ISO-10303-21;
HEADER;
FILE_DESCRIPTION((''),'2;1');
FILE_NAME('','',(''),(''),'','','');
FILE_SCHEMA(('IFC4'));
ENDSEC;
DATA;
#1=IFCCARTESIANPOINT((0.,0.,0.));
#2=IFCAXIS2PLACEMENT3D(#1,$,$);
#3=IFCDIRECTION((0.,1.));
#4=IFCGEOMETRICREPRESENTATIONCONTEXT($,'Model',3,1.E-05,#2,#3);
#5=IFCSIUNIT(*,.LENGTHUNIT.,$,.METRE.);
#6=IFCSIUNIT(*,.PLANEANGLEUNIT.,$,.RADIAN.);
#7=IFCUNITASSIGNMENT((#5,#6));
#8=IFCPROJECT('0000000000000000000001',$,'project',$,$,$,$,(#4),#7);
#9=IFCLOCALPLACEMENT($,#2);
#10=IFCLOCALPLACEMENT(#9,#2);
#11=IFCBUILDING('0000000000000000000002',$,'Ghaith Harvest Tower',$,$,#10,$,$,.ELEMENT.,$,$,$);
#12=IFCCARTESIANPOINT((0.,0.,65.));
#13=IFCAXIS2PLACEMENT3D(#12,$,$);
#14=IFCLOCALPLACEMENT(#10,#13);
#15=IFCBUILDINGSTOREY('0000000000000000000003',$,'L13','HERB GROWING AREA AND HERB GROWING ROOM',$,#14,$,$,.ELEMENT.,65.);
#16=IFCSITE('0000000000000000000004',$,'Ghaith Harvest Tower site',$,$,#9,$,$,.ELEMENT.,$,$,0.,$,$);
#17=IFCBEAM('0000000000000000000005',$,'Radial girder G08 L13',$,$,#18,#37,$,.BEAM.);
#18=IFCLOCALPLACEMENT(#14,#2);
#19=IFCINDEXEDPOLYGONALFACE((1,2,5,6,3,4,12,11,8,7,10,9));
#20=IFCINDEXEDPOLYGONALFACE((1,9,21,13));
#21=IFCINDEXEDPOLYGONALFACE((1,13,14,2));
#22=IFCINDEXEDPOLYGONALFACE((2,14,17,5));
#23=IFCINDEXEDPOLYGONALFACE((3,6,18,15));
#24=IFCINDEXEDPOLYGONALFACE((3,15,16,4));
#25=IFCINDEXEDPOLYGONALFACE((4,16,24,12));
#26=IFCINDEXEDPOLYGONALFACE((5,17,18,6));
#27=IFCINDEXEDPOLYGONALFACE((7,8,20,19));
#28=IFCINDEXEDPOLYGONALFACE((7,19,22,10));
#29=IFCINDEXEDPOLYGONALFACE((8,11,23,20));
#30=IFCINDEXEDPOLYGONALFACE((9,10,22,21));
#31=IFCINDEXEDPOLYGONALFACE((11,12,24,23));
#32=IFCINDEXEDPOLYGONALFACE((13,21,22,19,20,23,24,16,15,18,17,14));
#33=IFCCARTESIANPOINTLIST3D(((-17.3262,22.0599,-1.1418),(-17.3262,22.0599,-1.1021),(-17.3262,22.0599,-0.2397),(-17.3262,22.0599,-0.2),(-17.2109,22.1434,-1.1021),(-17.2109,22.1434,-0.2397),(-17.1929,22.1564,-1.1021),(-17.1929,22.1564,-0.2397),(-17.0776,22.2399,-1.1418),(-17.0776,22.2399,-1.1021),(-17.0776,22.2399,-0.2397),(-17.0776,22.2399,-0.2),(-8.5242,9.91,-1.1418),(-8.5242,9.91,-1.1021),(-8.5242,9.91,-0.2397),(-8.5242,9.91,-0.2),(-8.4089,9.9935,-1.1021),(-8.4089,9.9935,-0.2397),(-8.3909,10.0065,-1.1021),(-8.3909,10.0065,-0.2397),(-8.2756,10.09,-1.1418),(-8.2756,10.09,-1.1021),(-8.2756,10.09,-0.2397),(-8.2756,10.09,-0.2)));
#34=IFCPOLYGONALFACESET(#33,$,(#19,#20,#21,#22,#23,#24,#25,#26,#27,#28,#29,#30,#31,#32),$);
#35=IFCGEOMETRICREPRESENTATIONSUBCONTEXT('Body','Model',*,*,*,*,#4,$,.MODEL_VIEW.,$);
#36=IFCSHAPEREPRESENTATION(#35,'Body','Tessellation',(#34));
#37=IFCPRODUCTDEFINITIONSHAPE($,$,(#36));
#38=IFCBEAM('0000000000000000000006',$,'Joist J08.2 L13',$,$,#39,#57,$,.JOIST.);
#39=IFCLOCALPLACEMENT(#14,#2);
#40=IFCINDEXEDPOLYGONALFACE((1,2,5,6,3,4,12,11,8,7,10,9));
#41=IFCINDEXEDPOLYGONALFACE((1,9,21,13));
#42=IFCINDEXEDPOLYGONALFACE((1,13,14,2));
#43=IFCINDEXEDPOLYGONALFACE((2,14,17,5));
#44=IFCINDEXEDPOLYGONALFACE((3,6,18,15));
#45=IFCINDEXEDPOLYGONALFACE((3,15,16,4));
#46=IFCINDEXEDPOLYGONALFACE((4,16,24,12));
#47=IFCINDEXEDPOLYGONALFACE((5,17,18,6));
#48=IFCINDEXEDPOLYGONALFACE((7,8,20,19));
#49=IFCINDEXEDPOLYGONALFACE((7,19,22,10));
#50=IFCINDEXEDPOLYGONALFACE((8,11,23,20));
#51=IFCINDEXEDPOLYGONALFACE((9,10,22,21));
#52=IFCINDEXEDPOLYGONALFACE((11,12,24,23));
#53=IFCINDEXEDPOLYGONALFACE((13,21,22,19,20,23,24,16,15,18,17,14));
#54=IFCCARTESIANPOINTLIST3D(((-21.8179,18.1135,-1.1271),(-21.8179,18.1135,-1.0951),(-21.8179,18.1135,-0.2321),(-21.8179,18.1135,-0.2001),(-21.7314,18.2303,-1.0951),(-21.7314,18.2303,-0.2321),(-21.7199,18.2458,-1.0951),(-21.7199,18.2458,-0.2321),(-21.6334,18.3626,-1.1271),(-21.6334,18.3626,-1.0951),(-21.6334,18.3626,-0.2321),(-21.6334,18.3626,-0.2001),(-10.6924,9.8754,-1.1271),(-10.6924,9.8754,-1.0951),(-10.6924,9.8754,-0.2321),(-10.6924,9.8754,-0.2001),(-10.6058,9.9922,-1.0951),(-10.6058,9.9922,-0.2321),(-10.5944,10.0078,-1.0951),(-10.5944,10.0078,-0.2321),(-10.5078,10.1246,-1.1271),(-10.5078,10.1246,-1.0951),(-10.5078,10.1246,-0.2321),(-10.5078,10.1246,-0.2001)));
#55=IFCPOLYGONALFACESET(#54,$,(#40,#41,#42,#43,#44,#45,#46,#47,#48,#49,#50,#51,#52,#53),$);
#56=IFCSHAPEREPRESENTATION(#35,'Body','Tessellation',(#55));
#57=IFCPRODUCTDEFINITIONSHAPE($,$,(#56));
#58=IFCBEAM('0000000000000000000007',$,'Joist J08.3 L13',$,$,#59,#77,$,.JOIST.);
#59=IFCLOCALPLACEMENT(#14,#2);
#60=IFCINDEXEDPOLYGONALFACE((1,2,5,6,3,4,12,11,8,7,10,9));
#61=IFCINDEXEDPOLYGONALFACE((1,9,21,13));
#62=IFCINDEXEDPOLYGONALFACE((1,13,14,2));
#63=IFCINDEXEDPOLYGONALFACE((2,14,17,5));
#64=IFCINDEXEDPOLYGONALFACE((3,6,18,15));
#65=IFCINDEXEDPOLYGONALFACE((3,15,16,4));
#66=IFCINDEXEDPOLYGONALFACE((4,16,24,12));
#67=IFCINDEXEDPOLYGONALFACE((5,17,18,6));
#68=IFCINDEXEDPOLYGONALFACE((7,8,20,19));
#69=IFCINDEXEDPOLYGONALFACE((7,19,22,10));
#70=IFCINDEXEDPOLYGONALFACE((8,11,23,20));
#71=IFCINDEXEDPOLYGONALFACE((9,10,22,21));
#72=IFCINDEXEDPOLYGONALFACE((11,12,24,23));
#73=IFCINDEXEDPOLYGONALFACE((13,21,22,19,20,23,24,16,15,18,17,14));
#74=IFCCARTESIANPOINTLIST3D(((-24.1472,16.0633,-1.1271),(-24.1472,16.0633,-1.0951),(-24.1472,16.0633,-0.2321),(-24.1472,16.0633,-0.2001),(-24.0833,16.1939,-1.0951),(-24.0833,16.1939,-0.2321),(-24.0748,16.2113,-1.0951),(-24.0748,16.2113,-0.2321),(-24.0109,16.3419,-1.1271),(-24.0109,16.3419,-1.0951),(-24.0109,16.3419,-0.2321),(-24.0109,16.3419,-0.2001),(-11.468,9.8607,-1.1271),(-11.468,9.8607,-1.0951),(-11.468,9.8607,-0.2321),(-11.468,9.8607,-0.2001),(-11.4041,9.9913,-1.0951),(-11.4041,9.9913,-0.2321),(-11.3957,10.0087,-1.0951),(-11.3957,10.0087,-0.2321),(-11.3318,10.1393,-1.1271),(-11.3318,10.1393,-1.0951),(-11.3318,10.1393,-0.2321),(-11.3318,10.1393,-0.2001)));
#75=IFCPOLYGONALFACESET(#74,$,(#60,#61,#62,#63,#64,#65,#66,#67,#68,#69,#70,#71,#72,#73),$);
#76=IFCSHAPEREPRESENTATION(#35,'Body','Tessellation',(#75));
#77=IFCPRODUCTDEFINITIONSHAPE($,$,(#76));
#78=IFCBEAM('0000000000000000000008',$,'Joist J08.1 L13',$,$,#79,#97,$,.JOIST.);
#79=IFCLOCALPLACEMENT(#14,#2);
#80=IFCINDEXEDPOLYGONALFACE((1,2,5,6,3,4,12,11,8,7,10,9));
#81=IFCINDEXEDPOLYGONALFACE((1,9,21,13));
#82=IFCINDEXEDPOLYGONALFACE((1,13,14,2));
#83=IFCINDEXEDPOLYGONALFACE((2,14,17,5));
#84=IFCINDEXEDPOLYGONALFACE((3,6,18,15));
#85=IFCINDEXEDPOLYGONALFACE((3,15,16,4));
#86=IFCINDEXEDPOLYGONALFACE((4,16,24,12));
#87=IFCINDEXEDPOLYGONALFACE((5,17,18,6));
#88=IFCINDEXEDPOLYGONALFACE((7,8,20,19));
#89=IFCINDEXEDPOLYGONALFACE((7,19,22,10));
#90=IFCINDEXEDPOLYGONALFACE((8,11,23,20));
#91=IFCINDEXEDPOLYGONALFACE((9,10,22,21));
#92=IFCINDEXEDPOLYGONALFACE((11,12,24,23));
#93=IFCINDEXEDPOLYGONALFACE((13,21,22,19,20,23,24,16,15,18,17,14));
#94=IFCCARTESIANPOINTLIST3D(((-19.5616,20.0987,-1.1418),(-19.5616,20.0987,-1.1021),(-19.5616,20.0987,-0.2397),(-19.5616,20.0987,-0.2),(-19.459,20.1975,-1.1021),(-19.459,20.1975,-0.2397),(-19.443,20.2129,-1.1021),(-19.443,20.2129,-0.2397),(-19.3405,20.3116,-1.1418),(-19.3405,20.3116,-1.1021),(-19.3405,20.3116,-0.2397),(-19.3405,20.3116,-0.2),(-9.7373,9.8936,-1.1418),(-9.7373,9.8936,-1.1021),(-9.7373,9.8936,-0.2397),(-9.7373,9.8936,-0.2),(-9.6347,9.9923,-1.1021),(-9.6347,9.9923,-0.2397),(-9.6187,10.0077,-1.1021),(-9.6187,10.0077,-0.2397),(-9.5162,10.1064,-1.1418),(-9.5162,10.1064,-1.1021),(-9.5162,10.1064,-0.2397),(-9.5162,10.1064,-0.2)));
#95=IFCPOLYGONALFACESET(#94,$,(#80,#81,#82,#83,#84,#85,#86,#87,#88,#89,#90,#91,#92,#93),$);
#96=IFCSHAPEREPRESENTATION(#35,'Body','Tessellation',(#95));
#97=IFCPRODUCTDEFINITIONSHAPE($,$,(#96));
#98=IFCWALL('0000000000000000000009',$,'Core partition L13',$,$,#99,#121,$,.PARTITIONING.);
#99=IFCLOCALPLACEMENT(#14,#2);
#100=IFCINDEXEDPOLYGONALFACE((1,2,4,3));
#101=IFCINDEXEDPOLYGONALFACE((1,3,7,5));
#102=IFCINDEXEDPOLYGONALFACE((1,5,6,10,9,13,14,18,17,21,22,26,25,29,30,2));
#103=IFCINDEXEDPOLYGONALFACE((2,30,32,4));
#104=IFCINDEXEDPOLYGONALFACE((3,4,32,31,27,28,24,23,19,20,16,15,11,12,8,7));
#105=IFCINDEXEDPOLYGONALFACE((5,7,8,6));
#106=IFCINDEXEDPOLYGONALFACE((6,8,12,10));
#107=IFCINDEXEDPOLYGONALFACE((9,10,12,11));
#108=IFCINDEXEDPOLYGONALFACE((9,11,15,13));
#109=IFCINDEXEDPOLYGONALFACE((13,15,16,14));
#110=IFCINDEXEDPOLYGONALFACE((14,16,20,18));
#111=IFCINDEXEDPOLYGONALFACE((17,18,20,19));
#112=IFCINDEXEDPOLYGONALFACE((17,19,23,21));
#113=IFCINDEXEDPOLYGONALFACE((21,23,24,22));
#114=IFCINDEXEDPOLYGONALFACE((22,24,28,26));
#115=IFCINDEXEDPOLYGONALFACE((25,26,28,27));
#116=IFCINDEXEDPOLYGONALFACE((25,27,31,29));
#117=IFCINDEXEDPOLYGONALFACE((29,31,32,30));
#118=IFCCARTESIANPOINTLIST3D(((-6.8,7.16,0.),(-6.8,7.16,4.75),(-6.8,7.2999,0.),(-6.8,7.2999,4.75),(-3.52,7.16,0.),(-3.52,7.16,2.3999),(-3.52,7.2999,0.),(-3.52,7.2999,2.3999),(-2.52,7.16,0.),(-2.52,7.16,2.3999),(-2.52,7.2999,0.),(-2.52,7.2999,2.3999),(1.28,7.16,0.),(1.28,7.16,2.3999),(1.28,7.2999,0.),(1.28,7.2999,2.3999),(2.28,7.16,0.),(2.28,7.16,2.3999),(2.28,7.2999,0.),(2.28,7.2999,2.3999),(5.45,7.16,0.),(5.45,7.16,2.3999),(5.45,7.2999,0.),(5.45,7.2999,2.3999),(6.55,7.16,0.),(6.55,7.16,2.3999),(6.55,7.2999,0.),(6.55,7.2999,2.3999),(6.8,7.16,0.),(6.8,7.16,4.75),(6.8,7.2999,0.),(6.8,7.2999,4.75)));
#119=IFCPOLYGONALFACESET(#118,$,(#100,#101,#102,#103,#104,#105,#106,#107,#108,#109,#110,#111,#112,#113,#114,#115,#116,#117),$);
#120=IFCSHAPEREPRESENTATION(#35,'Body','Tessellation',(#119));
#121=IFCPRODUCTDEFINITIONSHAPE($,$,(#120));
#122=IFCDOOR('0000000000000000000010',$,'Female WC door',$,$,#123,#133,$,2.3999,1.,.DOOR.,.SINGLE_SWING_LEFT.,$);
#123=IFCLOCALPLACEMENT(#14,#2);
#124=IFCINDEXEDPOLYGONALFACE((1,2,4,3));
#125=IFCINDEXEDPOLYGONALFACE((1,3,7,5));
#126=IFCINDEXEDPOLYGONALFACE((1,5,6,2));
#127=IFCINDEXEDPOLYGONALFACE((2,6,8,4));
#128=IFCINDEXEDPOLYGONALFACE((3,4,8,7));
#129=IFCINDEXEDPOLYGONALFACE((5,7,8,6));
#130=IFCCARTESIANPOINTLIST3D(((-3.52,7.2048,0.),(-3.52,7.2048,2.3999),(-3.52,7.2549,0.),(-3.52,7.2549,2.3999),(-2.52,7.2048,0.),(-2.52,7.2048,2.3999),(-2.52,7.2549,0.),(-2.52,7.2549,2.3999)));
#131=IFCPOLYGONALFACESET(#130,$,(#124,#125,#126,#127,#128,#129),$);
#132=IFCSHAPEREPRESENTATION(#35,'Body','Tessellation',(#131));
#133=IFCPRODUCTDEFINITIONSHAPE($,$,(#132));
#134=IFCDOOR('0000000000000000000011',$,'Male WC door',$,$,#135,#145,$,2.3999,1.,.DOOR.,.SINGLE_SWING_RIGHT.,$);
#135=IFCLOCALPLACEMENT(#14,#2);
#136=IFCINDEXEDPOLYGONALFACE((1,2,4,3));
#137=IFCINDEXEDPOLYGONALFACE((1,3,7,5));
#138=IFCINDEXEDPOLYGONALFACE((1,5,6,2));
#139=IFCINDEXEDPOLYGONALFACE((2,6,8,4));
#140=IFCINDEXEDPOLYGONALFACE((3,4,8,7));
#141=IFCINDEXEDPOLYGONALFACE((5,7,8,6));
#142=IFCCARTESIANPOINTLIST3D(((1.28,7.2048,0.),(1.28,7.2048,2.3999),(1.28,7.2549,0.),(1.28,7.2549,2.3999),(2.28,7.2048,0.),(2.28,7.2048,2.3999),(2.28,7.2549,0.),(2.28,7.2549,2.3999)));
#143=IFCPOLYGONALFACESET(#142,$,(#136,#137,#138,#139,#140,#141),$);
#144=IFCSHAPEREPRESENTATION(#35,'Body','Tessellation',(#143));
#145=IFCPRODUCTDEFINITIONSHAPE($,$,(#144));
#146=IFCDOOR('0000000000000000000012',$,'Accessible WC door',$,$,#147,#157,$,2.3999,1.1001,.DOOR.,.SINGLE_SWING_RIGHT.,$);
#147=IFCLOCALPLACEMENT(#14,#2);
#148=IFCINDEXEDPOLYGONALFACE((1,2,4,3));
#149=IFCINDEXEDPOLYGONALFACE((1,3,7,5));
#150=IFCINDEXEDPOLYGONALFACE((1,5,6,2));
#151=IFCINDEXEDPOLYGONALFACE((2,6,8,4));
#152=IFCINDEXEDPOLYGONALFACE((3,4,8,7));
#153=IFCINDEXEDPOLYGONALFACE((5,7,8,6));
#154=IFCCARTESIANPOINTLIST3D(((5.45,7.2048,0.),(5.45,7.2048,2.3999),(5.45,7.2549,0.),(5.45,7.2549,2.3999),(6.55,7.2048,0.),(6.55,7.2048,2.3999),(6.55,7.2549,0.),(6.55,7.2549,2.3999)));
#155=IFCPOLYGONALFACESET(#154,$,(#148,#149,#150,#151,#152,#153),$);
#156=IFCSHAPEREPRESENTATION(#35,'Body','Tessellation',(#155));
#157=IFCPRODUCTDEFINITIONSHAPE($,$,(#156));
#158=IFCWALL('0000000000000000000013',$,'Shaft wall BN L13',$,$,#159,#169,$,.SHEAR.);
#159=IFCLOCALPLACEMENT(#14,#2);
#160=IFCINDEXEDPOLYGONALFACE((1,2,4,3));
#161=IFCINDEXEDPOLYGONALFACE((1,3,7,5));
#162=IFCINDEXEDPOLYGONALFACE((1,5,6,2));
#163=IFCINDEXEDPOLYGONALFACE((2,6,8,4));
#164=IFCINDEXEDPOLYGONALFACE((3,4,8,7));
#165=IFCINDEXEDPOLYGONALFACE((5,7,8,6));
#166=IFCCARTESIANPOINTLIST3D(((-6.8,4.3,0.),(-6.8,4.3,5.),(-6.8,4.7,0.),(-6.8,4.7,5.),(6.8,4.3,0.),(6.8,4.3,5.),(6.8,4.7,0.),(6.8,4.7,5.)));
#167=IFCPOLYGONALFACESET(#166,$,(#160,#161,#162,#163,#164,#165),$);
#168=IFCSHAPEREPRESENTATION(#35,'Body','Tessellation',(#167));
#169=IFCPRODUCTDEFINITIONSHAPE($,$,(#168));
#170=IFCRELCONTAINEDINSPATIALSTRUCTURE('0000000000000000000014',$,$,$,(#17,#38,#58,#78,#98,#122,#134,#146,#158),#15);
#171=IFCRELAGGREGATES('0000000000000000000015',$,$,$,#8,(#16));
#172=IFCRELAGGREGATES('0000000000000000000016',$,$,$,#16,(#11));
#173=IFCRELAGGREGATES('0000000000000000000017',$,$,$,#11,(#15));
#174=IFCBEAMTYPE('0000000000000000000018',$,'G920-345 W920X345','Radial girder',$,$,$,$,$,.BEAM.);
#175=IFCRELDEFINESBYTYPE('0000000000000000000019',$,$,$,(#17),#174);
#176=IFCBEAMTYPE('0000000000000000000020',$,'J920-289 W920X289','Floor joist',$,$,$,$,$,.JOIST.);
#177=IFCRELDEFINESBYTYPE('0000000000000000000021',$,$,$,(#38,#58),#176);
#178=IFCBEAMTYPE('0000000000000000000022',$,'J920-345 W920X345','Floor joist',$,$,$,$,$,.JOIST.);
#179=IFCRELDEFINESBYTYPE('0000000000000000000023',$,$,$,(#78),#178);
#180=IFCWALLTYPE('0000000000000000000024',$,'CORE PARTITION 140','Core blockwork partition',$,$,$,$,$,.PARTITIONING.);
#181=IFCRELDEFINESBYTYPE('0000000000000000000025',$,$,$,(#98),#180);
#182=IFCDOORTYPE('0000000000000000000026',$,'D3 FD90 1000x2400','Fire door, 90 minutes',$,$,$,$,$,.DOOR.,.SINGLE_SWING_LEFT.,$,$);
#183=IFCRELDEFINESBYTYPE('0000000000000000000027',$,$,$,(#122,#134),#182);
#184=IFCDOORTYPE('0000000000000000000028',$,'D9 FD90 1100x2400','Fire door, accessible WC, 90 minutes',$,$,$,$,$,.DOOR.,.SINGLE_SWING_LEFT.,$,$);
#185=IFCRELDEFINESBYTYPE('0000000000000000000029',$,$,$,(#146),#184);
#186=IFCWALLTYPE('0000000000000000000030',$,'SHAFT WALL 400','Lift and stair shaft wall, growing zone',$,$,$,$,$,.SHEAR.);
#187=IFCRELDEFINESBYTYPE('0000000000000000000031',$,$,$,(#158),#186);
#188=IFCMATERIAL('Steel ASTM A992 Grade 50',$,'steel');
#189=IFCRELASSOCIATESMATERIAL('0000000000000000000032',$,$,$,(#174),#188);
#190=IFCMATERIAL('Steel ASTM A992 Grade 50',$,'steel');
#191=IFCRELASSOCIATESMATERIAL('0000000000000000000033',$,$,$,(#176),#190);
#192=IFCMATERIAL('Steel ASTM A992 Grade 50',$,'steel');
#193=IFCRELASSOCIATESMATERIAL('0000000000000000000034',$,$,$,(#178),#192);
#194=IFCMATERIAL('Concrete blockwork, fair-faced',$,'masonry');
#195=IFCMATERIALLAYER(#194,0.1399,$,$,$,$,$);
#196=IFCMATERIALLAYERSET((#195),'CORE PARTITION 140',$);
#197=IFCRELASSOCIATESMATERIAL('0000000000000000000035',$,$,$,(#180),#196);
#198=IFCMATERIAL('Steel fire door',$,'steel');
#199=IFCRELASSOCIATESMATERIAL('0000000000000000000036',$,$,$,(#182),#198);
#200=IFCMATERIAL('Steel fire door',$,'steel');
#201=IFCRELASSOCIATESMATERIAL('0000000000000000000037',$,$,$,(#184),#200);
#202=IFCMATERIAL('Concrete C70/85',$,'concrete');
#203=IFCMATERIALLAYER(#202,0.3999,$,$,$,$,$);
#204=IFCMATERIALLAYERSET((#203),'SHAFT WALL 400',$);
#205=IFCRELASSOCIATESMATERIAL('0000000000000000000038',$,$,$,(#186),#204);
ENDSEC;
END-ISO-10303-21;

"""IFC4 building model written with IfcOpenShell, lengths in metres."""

from ifc_helpers import new_model, si_unit, direction, frame, frame_2d, origin, origin_2d, place, context, subcontext, project, spatial, rectangle, i_section, extrude, material, layer, layer_set, material_profile, profile_set, type_object, element, fill, save


model = new_model("IFC4")

# Units and contexts
model_context = context("Model", 3, precision=1e-05, world=origin(), true_north=direction((0.0, 1.0)))
body_context = subcontext(model_context, "Body", "Model", "MODEL_VIEW")
ifc_project = project(units=[si_unit("LENGTHUNIT", "METRE"), si_unit("PLANEANGLEUNIT", "RADIAN")], contexts=[model_context])

# Site, building, storey
site_placement = place(None, origin())
site = spatial("IfcSite", under=ifc_project, at=site_placement, Name="Ghaith Harvest Tower site", CompositionType="ELEMENT", RefElevation=0.0)
building_placement = place(site_placement, origin())
building = spatial("IfcBuilding", under=site, at=building_placement, Name="Ghaith Harvest Tower", CompositionType="ELEMENT")
storey_placement = place(building_placement, frame((0.0, 0.0, 65.0)))
storey = spatial("IfcBuildingStorey", under=building, at=storey_placement, Name="L13", Description="HERB GROWING AREA AND HERB GROWING ROOM", CompositionType="ELEMENT", Elevation=65.0)

# Beams
ifc_material_1 = material(Name="Steel ASTM A992 Grade 50", Category="steel")
ifc_material_profile_1 = material_profile(ifc_material_1, i_section(OverallWidth=0.3069, OverallDepth=0.9419, WebThickness=0.0222, FlangeThickness=0.0398, at=origin_2d()), Name="W920X345")
ifc_profile_set_1 = profile_set([ifc_material_profile_1], Name="Steel ASTM A992 Grade 50")
beam_type_1 = type_object("IfcBeamType", Name="G920-345 W920X345", Description="Radial girder", PredefinedType="BEAM", material=ifc_profile_set_1)
beam_1_placement = place(storey_placement, frame((-8.3999, 10.0, -0.6709), z_axis=(-0.586676, 0.809822, 0.0), x_axis=(-0.809822, -0.586676, 0.0)))
element("IfcBeam", 1, at=beam_1_placement, inside=storey, type_object=beam_type_1, Name="Radial girder G08 L13", PredefinedType="BEAM", context=body_context, shape_type="SweptSolid", body=[
    extrude(i_section(OverallWidth=0.3069, OverallDepth=0.9419, WebThickness=0.0222, FlangeThickness=0.0398, at=origin_2d()), origin(), (0.0, 0.0, 1.0), 15.0032),
])
ifc_material_2 = material(Name="Steel ASTM A992 Grade 50", Category="steel")
ifc_material_profile_2 = material_profile(ifc_material_2, i_section(OverallWidth=0.3101, OverallDepth=0.927, WebThickness=0.0193, FlangeThickness=0.032, at=origin_2d()), Name="W920X289")
ifc_profile_set_2 = profile_set([ifc_material_profile_2], Name="Steel ASTM A992 Grade 50")
beam_type_2 = type_object("IfcBeamType", Name="J920-289 W920X289", Description="Floor joist", PredefinedType="JOIST", material=ifc_profile_set_2)
beam_2_placement = place(storey_placement, frame((-10.6001, 10.0, -0.6636), z_axis=(-0.803663, 0.595085, 0.0), x_axis=(-0.595085, -0.803663, 0.0)))
element("IfcBeam", 2, at=beam_2_placement, inside=storey, type_object=beam_type_2, Name="Joist J08.2 L13", PredefinedType="JOIST", context=body_context, shape_type="SweptSolid", body=[
    extrude(i_section(OverallWidth=0.3101, OverallDepth=0.927, WebThickness=0.0193, FlangeThickness=0.032, at=origin_2d()), origin(), (0.0, 0.0, 1.0), 13.8435),
])
beam_3_placement = place(storey_placement, frame((-11.3999, 10.0, -0.6636), z_axis=(-0.898275, 0.439434, 0.0), x_axis=(-0.439434, -0.898275, 0.0)))
element("IfcBeam", 3, at=beam_3_placement, inside=storey, type_object=beam_type_2, Name="Joist J08.3 L13", PredefinedType="JOIST", context=body_context, shape_type="SweptSolid", body=[
    extrude(i_section(OverallWidth=0.3101, OverallDepth=0.927, WebThickness=0.0193, FlangeThickness=0.032, at=origin_2d()), origin(), (0.0, 0.0, 1.0), 14.115),
])
ifc_material_3 = material(Name="Steel ASTM A992 Grade 50", Category="steel")
ifc_material_profile_3 = material_profile(ifc_material_3, i_section(OverallWidth=0.3069, OverallDepth=0.9419, WebThickness=0.0222, FlangeThickness=0.0398, at=origin_2d()), Name="W920X345")
ifc_profile_set_3 = profile_set([ifc_material_profile_3], Name="Steel ASTM A992 Grade 50")
beam_type_3 = type_object("IfcBeamType", Name="J920-345 W920X345", Description="Floor joist", PredefinedType="JOIST", material=ifc_profile_set_3)
beam_4_placement = place(storey_placement, frame((-9.6267, 10.0, -0.6709), z_axis=(-0.693536, 0.720422, 0.0), x_axis=(-0.720422, -0.693536, 0.0)))
element("IfcBeam", 4, at=beam_4_placement, inside=storey, type_object=beam_type_3, Name="Joist J08.1 L13", PredefinedType="JOIST", context=body_context, shape_type="SweptSolid", body=[
    extrude(i_section(OverallWidth=0.3069, OverallDepth=0.9419, WebThickness=0.0222, FlangeThickness=0.0398, at=origin_2d()), origin(), (0.0, 0.0, 1.0), 14.1655),
])

# Wall, openings, doors
ifc_material_4 = material(Name="Concrete blockwork, fair-faced", Category="masonry")
ifc_layer_1 = layer(ifc_material_4, 0.1399)
ifc_layer_set_1 = layer_set([ifc_layer_1], Name="CORE PARTITION 140")
wall_type_1 = type_object("IfcWallType", Name="CORE PARTITION 140", Description="Core blockwork partition", PredefinedType="PARTITIONING", material=ifc_layer_set_1)
wall_1_placement = place(storey_placement, frame((-6.8, 7.23, 0.0), z_axis=(0.0, 0.0, 1.0), x_axis=(1.0, 0.0, 0.0)))
wall_1 = element("IfcWall", 5, at=wall_1_placement, inside=storey, type_object=wall_type_1, Name="Core partition L13", PredefinedType="PARTITIONING", context=body_context, shape_type="SweptSolid", body=[
    extrude(rectangle(XDim=13.6001, YDim=0.1399, at=frame_2d((6.8, 0.0))), origin(), (0.0, 0.0, 1.0), 4.75),
])
opening_1_placement = place(wall_1_placement, frame((3.28, 0.0, 0.0)))
opening_1 = element("IfcOpeningElement", 6, at=opening_1_placement, cuts=wall_1, PredefinedType="OPENING", context=body_context, shape_type="SweptSolid", body=[
    extrude(rectangle(XDim=1.0, YDim=2.3999, at=frame_2d((0.5, 1.2))), frame((0.0, 0.0801, 0.0), z_axis=(0.0, -1.0, 0.0), x_axis=(1.0, 0.0, 0.0)), (0.0, 0.0, 1.0), 0.1599),
])
opening_2_placement = place(wall_1_placement, frame((8.0801, 0.0, 0.0)))
opening_2 = element("IfcOpeningElement", 7, at=opening_2_placement, cuts=wall_1, PredefinedType="OPENING", context=body_context, shape_type="SweptSolid", body=[
    extrude(rectangle(XDim=1.0, YDim=2.3999, at=frame_2d((0.5, 1.2))), frame((0.0, 0.0801, 0.0), z_axis=(0.0, -1.0, 0.0), x_axis=(1.0, 0.0, 0.0)), (0.0, 0.0, 1.0), 0.1599),
])
opening_3_placement = place(wall_1_placement, frame((12.25, 0.0, 0.0)))
opening_3 = element("IfcOpeningElement", 8, at=opening_3_placement, cuts=wall_1, PredefinedType="OPENING", context=body_context, shape_type="SweptSolid", body=[
    extrude(rectangle(XDim=1.1001, YDim=2.3999, at=frame_2d((0.55, 1.2))), frame((0.0, 0.0801, 0.0), z_axis=(0.0, -1.0, 0.0), x_axis=(1.0, 0.0, 0.0)), (0.0, 0.0, 1.0), 0.1599),
])
ifc_material_5 = material(Name="Steel fire door", Category="steel")
door_type_1 = type_object("IfcDoorType", Name="D3 FD90 1000x2400", Description="Fire door, 90 minutes", OperationType="SINGLE_SWING_LEFT", PredefinedType="DOOR", material=ifc_material_5)
door_1_placement = place(opening_1_placement, origin())
door_1 = element("IfcDoor", 9, at=door_1_placement, inside=storey, type_object=door_type_1, Name="Female WC door", OperationType="SINGLE_SWING_LEFT", OverallHeight=2.3999, OverallWidth=1.0, PredefinedType="DOOR", context=body_context, shape_type="SweptSolid", body=[
    extrude(rectangle(XDim=1.0, YDim=2.3999, at=frame_2d((0.5, 1.2))), frame((0.0, 0.0249, 0.0), z_axis=(0.0, -1.0, 0.0), x_axis=(1.0, 0.0, 0.0)), (0.0, 0.0, 1.0), 0.05),
])
fill(opening_1, door_1)
door_2_placement = place(opening_2_placement, origin())
door_2 = element("IfcDoor", 10, at=door_2_placement, inside=storey, type_object=door_type_1, Name="Male WC door", OperationType="SINGLE_SWING_RIGHT", OverallHeight=2.3999, OverallWidth=1.0, PredefinedType="DOOR", context=body_context, shape_type="SweptSolid", body=[
    extrude(rectangle(XDim=1.0, YDim=2.3999, at=frame_2d((0.5, 1.2))), frame((0.0, 0.0249, 0.0), z_axis=(0.0, -1.0, 0.0), x_axis=(1.0, 0.0, 0.0)), (0.0, 0.0, 1.0), 0.05),
])
fill(opening_2, door_2)
ifc_material_6 = material(Name="Steel fire door", Category="steel")
door_type_2 = type_object("IfcDoorType", Name="D9 FD90 1100x2400", Description="Fire door, accessible WC, 90 minutes", OperationType="SINGLE_SWING_LEFT", PredefinedType="DOOR", material=ifc_material_6)
door_3_placement = place(opening_3_placement, origin())
door_3 = element("IfcDoor", 11, at=door_3_placement, inside=storey, type_object=door_type_2, Name="Accessible WC door", OperationType="SINGLE_SWING_RIGHT", OverallHeight=2.3999, OverallWidth=1.1001, PredefinedType="DOOR", context=body_context, shape_type="SweptSolid", body=[
    extrude(rectangle(XDim=1.1001, YDim=2.3999, at=frame_2d((0.55, 1.2))), frame((0.0, 0.0249, 0.0), z_axis=(0.0, -1.0, 0.0), x_axis=(1.0, 0.0, 0.0)), (0.0, 0.0, 1.0), 0.05),
])
fill(opening_3, door_3)
ifc_material_7 = material(Name="Concrete C70/85", Category="concrete")
ifc_layer_2 = layer(ifc_material_7, 0.3999)
ifc_layer_set_2 = layer_set([ifc_layer_2], Name="SHAFT WALL 400")
wall_type_2 = type_object("IfcWallType", Name="SHAFT WALL 400", Description="Lift and stair shaft wall, growing zone", PredefinedType="SHEAR", material=ifc_layer_set_2)

# Wall
wall_2_placement = place(storey_placement, frame((-6.8, 4.5, 0.0), z_axis=(0.0, 0.0, 1.0), x_axis=(1.0, 0.0, 0.0)))
element("IfcWall", 12, at=wall_2_placement, inside=storey, type_object=wall_type_2, Name="Shaft wall BN L13", PredefinedType="SHEAR", context=body_context, shape_type="SweptSolid", body=[
    extrude(rectangle(XDim=13.6001, YDim=0.3999, at=frame_2d((6.8, 0.0))), origin(), (0.0, 0.0, 1.0), 5.0),
])

save(model, "model.ifc")
